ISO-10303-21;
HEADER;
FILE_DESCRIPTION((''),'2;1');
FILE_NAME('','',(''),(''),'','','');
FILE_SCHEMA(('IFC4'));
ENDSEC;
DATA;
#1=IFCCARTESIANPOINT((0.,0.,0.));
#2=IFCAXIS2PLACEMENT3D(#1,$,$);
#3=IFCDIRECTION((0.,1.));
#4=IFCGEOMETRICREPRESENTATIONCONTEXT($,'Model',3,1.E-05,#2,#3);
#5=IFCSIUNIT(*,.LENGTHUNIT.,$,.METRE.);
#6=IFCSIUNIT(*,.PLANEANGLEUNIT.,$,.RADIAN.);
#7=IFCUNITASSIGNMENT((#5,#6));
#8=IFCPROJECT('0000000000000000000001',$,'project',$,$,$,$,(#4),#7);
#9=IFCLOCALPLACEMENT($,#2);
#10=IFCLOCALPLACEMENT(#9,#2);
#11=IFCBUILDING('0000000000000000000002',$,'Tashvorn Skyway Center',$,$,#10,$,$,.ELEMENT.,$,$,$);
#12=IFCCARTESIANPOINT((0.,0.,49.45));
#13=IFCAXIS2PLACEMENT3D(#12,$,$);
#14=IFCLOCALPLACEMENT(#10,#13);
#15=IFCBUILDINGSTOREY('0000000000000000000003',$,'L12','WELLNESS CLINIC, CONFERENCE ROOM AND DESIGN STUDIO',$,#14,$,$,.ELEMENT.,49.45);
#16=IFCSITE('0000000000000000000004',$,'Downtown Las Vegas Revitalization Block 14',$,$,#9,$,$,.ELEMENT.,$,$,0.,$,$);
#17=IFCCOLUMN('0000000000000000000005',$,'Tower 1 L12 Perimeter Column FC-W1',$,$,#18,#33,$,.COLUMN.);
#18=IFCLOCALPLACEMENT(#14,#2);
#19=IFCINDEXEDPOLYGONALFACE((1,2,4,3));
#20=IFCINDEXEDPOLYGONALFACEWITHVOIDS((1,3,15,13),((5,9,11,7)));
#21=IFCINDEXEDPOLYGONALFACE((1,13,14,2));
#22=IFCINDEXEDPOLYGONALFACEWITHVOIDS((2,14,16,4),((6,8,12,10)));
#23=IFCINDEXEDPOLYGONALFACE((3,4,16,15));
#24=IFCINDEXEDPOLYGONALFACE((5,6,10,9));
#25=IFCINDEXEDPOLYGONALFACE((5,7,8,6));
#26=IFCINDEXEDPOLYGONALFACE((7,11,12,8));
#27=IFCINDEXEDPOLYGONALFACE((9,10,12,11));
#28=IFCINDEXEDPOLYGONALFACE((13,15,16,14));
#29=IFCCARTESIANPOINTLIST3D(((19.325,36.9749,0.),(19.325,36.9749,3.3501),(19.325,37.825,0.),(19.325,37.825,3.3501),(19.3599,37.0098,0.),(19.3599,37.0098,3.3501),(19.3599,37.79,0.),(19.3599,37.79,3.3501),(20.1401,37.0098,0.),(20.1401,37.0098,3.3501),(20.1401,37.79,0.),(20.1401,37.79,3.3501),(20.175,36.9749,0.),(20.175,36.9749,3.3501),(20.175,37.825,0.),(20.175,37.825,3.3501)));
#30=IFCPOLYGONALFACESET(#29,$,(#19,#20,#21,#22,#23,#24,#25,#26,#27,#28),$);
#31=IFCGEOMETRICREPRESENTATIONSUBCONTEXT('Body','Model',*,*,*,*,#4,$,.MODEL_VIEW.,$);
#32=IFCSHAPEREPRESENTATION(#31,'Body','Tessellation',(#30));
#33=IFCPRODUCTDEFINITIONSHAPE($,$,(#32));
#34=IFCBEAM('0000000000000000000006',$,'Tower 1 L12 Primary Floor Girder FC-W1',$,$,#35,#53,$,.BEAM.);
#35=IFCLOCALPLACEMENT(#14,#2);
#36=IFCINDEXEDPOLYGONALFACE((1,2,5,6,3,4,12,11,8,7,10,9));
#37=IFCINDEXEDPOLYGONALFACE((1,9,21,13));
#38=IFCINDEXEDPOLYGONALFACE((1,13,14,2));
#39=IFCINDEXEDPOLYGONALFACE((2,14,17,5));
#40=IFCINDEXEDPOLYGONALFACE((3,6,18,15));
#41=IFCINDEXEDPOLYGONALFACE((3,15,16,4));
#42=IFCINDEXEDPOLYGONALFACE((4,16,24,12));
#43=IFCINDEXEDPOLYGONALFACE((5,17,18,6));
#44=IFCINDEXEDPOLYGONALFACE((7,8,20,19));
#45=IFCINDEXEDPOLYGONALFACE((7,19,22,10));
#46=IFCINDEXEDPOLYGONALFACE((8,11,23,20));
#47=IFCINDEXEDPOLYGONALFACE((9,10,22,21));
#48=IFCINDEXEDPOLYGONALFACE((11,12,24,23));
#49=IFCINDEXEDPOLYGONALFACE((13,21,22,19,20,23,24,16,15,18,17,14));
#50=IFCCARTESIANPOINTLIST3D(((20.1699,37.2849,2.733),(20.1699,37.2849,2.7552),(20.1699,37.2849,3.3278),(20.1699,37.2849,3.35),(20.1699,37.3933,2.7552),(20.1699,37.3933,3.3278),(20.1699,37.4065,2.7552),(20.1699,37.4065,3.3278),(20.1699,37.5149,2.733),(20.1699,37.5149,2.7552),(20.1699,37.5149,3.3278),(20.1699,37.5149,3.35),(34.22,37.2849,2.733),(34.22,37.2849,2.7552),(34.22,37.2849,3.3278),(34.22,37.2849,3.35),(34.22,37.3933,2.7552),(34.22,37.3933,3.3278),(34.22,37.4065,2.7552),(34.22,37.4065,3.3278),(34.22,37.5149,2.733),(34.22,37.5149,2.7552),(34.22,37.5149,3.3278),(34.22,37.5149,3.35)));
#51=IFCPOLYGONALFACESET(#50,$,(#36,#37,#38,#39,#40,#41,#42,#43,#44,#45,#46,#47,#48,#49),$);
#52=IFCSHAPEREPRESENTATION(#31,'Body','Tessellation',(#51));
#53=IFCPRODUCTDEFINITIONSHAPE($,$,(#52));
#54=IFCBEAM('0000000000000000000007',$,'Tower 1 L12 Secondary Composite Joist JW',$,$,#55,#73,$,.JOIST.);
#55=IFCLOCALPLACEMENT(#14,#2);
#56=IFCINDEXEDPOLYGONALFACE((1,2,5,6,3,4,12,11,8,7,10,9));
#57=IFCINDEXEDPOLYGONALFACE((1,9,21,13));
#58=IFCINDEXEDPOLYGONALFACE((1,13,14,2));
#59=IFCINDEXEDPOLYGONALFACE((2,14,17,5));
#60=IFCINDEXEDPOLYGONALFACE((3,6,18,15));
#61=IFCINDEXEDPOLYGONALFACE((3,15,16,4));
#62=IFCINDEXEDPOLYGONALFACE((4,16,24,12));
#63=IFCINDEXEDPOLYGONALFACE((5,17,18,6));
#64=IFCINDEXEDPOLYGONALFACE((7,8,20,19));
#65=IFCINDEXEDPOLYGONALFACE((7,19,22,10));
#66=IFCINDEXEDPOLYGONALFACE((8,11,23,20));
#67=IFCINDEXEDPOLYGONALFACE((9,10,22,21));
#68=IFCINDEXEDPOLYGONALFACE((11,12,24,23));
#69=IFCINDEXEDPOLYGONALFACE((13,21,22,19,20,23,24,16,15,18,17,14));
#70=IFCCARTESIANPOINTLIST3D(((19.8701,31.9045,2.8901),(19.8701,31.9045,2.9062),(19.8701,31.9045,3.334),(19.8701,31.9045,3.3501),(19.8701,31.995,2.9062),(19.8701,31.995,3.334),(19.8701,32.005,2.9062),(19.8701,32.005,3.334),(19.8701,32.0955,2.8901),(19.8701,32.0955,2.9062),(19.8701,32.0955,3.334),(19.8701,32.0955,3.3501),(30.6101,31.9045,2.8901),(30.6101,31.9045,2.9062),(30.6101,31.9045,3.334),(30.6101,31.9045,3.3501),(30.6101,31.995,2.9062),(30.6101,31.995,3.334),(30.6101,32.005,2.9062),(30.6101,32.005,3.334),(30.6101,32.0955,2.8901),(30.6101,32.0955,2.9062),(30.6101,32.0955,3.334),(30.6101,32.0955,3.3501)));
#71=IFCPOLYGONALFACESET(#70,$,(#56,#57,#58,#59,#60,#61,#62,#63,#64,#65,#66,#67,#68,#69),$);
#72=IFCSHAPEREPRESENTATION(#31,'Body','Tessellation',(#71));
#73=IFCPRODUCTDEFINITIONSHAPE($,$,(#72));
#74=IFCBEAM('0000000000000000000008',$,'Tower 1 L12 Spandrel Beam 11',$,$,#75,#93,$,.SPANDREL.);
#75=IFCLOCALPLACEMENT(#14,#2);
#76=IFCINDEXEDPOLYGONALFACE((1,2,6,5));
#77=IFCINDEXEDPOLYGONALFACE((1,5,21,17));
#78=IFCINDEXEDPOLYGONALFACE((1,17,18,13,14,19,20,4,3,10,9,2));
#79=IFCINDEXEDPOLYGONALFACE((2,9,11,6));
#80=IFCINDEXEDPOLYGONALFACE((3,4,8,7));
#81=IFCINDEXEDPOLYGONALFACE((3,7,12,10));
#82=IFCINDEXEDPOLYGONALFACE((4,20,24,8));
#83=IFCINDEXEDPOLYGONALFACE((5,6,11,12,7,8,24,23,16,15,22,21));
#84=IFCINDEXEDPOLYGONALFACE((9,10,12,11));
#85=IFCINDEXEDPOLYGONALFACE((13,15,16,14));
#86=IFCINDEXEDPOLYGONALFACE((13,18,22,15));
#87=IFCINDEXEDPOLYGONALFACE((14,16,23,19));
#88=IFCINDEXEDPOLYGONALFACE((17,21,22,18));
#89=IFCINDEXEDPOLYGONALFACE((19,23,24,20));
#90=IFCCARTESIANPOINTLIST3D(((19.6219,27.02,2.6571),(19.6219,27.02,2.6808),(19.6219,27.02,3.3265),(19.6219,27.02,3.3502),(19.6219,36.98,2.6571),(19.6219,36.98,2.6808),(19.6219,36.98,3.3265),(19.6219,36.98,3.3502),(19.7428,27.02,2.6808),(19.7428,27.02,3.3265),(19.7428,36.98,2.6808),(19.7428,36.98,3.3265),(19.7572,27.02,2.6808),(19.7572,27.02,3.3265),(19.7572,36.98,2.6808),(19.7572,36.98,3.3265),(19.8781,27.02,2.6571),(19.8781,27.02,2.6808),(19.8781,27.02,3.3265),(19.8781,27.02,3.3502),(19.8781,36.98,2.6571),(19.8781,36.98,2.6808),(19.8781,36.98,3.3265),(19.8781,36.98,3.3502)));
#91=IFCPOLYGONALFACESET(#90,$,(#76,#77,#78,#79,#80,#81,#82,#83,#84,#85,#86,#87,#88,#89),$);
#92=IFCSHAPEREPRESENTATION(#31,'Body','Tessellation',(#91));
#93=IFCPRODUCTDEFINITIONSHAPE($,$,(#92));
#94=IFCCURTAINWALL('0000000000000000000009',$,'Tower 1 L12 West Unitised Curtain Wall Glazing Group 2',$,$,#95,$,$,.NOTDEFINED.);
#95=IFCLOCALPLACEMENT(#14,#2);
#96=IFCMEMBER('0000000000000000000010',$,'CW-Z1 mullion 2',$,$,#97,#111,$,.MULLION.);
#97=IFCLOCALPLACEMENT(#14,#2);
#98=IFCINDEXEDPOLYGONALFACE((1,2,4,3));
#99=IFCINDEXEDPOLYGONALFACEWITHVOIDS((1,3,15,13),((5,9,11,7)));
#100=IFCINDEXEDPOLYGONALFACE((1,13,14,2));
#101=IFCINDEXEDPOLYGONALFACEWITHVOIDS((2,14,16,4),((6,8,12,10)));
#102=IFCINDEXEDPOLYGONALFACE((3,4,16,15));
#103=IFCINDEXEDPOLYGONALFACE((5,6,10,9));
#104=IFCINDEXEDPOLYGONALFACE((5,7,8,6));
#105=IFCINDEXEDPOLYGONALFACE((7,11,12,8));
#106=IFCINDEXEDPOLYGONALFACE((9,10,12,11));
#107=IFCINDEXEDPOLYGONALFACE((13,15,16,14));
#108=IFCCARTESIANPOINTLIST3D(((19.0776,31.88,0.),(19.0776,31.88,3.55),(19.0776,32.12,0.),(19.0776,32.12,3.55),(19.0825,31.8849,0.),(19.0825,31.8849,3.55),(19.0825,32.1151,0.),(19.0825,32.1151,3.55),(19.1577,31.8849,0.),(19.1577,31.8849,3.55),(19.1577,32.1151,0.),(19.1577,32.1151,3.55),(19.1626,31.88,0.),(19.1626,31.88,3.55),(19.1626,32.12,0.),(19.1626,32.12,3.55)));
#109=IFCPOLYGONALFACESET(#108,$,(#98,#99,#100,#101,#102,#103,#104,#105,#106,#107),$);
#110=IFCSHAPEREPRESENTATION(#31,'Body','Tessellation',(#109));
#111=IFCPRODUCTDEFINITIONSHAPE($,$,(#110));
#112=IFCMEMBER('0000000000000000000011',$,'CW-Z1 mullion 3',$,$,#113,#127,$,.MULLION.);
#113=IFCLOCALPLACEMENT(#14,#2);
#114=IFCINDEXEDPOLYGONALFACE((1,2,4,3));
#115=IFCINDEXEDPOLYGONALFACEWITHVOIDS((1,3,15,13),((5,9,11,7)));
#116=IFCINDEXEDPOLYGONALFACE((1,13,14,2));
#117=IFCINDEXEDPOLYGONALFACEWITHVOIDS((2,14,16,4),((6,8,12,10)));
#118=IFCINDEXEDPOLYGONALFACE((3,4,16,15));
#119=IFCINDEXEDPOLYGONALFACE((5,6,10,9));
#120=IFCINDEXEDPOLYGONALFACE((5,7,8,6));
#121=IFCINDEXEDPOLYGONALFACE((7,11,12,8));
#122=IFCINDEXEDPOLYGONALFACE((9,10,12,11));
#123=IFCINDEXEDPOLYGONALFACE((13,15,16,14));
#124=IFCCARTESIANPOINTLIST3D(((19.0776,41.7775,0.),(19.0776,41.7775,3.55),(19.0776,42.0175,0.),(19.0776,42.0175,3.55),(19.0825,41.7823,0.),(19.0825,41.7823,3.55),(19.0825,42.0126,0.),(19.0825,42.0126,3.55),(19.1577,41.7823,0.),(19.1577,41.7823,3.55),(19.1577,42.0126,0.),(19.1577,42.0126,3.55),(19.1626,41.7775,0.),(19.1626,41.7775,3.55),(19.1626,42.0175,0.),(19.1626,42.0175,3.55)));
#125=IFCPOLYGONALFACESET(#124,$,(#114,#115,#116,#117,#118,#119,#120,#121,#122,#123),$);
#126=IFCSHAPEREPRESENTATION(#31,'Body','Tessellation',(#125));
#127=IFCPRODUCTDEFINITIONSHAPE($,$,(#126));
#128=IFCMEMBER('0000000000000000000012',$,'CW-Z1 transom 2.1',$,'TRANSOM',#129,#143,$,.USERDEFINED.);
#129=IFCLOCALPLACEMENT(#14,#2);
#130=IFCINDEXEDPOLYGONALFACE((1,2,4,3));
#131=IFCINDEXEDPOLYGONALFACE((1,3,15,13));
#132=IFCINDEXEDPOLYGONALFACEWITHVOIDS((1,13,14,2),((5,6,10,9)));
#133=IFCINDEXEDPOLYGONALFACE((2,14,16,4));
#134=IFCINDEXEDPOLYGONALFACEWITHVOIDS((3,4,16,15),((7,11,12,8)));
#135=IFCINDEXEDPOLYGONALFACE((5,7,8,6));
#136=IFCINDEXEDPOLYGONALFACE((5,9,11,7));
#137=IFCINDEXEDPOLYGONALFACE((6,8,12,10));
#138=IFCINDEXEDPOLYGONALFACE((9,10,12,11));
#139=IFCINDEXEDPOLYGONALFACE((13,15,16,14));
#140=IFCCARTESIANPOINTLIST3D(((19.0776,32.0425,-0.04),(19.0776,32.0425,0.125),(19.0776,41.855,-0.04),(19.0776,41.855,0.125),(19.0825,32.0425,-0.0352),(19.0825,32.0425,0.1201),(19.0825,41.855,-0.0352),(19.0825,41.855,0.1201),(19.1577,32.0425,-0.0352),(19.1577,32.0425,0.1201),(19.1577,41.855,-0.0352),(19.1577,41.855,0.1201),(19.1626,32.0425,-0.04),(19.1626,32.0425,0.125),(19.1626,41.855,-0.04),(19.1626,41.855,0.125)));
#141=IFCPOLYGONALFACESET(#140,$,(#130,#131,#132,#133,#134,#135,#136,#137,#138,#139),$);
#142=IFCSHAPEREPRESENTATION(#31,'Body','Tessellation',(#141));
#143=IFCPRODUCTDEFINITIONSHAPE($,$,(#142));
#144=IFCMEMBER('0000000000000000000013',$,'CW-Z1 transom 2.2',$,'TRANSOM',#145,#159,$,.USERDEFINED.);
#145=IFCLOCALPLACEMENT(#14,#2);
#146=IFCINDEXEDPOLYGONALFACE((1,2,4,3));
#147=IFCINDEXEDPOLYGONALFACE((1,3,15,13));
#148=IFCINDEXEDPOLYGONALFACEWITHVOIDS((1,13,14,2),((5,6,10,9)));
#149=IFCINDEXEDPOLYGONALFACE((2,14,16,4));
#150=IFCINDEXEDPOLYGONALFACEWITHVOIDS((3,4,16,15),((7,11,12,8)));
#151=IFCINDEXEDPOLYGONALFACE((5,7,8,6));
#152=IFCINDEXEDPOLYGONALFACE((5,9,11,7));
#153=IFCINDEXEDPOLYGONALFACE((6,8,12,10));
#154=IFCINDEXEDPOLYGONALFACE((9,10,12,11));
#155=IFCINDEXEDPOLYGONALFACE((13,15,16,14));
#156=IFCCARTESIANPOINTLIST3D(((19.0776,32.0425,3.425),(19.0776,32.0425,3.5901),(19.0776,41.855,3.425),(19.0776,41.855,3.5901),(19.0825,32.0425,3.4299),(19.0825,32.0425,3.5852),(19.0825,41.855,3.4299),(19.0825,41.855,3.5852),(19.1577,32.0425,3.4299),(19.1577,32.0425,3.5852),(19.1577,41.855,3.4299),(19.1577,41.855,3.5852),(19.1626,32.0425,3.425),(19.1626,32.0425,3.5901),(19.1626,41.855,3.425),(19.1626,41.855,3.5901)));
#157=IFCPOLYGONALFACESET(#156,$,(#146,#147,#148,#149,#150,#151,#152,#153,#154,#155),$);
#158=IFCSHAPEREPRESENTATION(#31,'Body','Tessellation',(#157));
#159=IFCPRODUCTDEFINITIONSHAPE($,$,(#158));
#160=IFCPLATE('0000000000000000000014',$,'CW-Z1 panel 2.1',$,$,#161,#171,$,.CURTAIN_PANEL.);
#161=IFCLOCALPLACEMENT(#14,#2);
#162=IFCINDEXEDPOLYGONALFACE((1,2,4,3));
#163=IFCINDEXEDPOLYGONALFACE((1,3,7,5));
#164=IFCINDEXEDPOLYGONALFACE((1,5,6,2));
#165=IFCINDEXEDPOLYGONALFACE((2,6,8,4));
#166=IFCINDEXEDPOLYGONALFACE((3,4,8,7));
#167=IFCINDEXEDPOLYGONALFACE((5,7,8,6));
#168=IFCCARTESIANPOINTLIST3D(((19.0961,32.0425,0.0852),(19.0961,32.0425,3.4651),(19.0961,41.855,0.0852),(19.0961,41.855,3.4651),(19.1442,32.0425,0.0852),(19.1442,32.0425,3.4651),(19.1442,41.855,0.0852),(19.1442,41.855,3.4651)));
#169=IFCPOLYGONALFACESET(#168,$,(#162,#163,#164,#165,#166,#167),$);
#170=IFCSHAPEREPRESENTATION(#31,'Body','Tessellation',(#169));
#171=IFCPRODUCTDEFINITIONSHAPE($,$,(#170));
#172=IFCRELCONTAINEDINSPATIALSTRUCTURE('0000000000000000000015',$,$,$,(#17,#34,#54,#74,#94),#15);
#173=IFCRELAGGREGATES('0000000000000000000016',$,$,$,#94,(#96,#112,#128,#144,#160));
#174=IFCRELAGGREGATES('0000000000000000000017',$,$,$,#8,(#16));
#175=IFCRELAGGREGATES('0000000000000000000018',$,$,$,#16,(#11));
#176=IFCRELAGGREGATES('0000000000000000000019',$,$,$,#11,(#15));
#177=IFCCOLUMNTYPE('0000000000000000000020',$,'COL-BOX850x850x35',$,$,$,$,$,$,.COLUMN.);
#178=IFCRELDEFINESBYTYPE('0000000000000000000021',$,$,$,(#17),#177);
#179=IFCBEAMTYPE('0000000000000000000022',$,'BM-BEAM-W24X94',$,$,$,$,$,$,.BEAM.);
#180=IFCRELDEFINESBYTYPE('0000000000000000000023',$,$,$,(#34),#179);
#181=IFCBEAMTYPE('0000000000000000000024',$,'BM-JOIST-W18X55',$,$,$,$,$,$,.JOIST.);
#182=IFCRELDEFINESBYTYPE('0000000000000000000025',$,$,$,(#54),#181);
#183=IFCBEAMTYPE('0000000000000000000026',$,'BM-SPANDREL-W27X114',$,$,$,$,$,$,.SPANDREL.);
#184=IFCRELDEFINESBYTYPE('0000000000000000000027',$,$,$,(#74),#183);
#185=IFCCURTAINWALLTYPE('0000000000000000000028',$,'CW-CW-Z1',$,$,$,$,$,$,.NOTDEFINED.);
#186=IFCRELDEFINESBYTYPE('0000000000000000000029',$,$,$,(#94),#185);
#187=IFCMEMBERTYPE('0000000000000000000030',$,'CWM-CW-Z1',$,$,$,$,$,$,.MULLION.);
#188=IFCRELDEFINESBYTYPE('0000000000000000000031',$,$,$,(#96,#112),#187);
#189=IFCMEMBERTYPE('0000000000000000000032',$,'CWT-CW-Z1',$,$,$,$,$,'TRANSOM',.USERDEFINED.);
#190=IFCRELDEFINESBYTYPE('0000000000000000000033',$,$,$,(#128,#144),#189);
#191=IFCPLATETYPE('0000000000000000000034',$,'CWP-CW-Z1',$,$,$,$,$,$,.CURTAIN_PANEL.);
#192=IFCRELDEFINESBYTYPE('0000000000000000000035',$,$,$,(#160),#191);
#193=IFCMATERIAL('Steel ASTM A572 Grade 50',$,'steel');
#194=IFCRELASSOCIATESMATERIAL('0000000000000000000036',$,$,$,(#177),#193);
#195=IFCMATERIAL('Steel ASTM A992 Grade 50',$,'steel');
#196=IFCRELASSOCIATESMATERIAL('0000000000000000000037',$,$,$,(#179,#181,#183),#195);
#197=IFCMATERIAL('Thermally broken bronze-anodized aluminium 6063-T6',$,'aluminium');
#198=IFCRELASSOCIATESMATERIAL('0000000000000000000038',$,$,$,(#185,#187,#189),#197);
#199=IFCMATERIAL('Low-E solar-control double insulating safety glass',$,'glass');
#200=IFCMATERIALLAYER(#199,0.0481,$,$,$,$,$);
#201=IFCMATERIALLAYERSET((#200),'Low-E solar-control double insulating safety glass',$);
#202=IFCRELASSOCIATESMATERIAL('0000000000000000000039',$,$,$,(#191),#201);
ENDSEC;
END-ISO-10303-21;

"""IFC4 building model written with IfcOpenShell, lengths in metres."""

from ifc_helpers import new_model, si_unit, direction, frame, origin, origin_2d, place, context, subcontext, project, spatial, rectangle, hollow_rectangle, i_section, extrude, material, layer, layer_set, material_profile, profile_set, type_object, element, aggregate, save


model = new_model("IFC4")

# Units and contexts
model_context = context("Model", 3, precision=1e-05, world=origin(), true_north=direction((0.0, 1.0)))
body_context = subcontext(model_context, "Body", "Model", "MODEL_VIEW")
ifc_project = project(units=[si_unit("LENGTHUNIT", "METRE"), si_unit("PLANEANGLEUNIT", "RADIAN")], contexts=[model_context])

# Site, building, storey
site_placement = place(None, origin())
site = spatial("IfcSite", under=ifc_project, at=site_placement, Name="Downtown Las Vegas Revitalization Block 14", CompositionType="ELEMENT", RefElevation=0.0)
building_placement = place(site_placement, origin())
building = spatial("IfcBuilding", under=site, at=building_placement, Name="Tashvorn Skyway Center", CompositionType="ELEMENT")
storey_placement = place(building_placement, frame((0.0, 0.0, 49.45)))
storey = spatial("IfcBuildingStorey", under=building, at=storey_placement, Name="L12", Description="WELLNESS CLINIC, CONFERENCE ROOM AND DESIGN STUDIO", CompositionType="ELEMENT", Elevation=49.45)

# Column
ifc_material_1 = material(Name="Steel ASTM A572 Grade 50", Category="steel")
ifc_material_profile_1 = material_profile(ifc_material_1, hollow_rectangle(XDim=0.8501, YDim=0.8501, WallThickness=0.0349, at=origin_2d()), Name="BOX850x850x35")
ifc_profile_set_1 = profile_set([ifc_material_profile_1], Name="Steel ASTM A572 Grade 50")
column_type = type_object("IfcColumnType", Name="COL-BOX850x850x35", PredefinedType="COLUMN", material=ifc_profile_set_1)
column_placement = place(storey_placement, frame((19.75, 37.3999, 0.0), z_axis=(0.0, 0.0, 1.0), x_axis=(1.0, 0.0, 0.0)))
element("IfcColumn", 1, at=column_placement, inside=storey, type_object=column_type, Name="Tower 1 L12 Perimeter Column FC-W1", PredefinedType="COLUMN", context=body_context, shape_type="SweptSolid", body=[
    extrude(hollow_rectangle(XDim=0.8501, YDim=0.8501, WallThickness=0.0349, at=origin_2d()), origin(), (0.0, 0.0, 1.0), 3.3501),
])

# Beams
ifc_material_2 = material(Name="Steel ASTM A992 Grade 50", Category="steel")
ifc_material_profile_2 = material_profile(ifc_material_2, i_section(OverallWidth=0.23, OverallDepth=0.6169, WebThickness=0.0132, FlangeThickness=0.0222, at=origin_2d()), Name="W24X94")
ifc_profile_set_2 = profile_set([ifc_material_profile_2], Name="Steel ASTM A992 Grade 50")
beam_type_1 = type_object("IfcBeamType", Name="BM-BEAM-W24X94", PredefinedType="BEAM", material=ifc_profile_set_2)
beam_1_placement = place(storey_placement, frame((20.1699, 37.3999, 3.0415), z_axis=(1.0, 0.0, 0.0), x_axis=(0.0, 1.0, 0.0)))
element("IfcBeam", 2, at=beam_1_placement, inside=storey, type_object=beam_type_1, Name="Tower 1 L12 Primary Floor Girder FC-W1", PredefinedType="BEAM", context=body_context, shape_type="SweptSolid", body=[
    extrude(i_section(OverallWidth=0.23, OverallDepth=0.6169, WebThickness=0.0132, FlangeThickness=0.0222, at=origin_2d()), origin(), (0.0, 0.0, 1.0), 14.05),
])
ifc_material_profile_3 = material_profile(ifc_material_2, i_section(OverallWidth=0.1909, OverallDepth=0.46, WebThickness=0.01, FlangeThickness=0.0161, at=origin_2d()), Name="W18X55")
ifc_profile_set_3 = profile_set([ifc_material_profile_3], Name="Steel ASTM A992 Grade 50")
beam_type_2 = type_object("IfcBeamType", Name="BM-JOIST-W18X55", PredefinedType="JOIST", material=ifc_profile_set_3)
beam_2_placement = place(storey_placement, frame((30.6101, 32.0, 3.1201), z_axis=(-1.0, 0.0, 0.0), x_axis=(0.0, -1.0, 0.0)))
element("IfcBeam", 3, at=beam_2_placement, inside=storey, type_object=beam_type_2, Name="Tower 1 L12 Secondary Composite Joist JW", PredefinedType="JOIST", context=body_context, shape_type="SweptSolid", body=[
    extrude(i_section(OverallWidth=0.1909, OverallDepth=0.46, WebThickness=0.01, FlangeThickness=0.0161, at=origin_2d()), origin(), (0.0, 0.0, 1.0), 10.74),
])
ifc_material_profile_4 = material_profile(ifc_material_2, i_section(OverallWidth=0.2561, OverallDepth=0.6931, WebThickness=0.0144, FlangeThickness=0.0237, at=origin_2d()), Name="W27X114")
ifc_profile_set_4 = profile_set([ifc_material_profile_4], Name="Steel ASTM A992 Grade 50")
beam_type_3 = type_object("IfcBeamType", Name="BM-SPANDREL-W27X114", PredefinedType="SPANDREL", material=ifc_profile_set_4)
beam_3_placement = place(storey_placement, frame((19.75, 36.98, 3.0037), z_axis=(0.0, -1.0, 0.0), x_axis=(1.0, 0.0, 0.0)))
element("IfcBeam", 4, at=beam_3_placement, inside=storey, type_object=beam_type_3, Name="Tower 1 L12 Spandrel Beam 11", PredefinedType="SPANDREL", context=body_context, shape_type="SweptSolid", body=[
    extrude(i_section(OverallWidth=0.2561, OverallDepth=0.6931, WebThickness=0.0144, FlangeThickness=0.0237, at=origin_2d()), origin(), (0.0, 0.0, 1.0), 9.96),
])

# Curtain wall, members, plate
ifc_material_3 = material(Name="Thermally broken bronze-anodized aluminium 6063-T6", Category="aluminium")
curtain_wall_type = type_object("IfcCurtainWallType", Name="CW-CW-Z1", PredefinedType="NOTDEFINED", material=ifc_material_3)
curtain_wall_placement = place(storey_placement, origin())
curtain_wall = element("IfcCurtainWall", 5, at=curtain_wall_placement, inside=storey, type_object=curtain_wall_type, Name="Tower 1 L12 West Unitised Curtain Wall Glazing Group 2", PredefinedType="NOTDEFINED")
ifc_material_profile_5 = material_profile(ifc_material_3, hollow_rectangle(XDim=0.085, YDim=0.24, WallThickness=0.0049, at=origin_2d()), Name="ALU-MULL-85x240")
ifc_profile_set_5 = profile_set([ifc_material_profile_5], Name="Thermally broken bronze-anodized aluminium 6063-T6")
member_type_1 = type_object("IfcMemberType", Name="CWM-CW-Z1", PredefinedType="MULLION", material=ifc_profile_set_5)
member_1_placement = place(storey_placement, frame((19.1201, 32.0, 0.0), z_axis=(0.0, 0.0, 1.0), x_axis=(-1.0, 0.0, 0.0)))
member_1 = element("IfcMember", 6, at=member_1_placement, type_object=member_type_1, Name="CW-Z1 mullion 2", PredefinedType="MULLION", context=body_context, shape_type="SweptSolid", body=[
    extrude(hollow_rectangle(XDim=0.085, YDim=0.24, WallThickness=0.0049, at=origin_2d()), origin(), (0.0, 0.0, 1.0), 3.55),
])
member_2_placement = place(storey_placement, frame((19.1201, 41.8975, 0.0), z_axis=(0.0, 0.0, 1.0), x_axis=(-1.0, 0.0, 0.0)))
member_2 = element("IfcMember", 7, at=member_2_placement, type_object=member_type_1, Name="CW-Z1 mullion 3", PredefinedType="MULLION", context=body_context, shape_type="SweptSolid", body=[
    extrude(hollow_rectangle(XDim=0.085, YDim=0.24, WallThickness=0.0049, at=origin_2d()), origin(), (0.0, 0.0, 1.0), 3.55),
])
ifc_material_profile_6 = material_profile(ifc_material_3, hollow_rectangle(XDim=0.085, YDim=0.165, WallThickness=0.0049, at=origin_2d()), Name="ALU-TRAN-85x165")
ifc_profile_set_6 = profile_set([ifc_material_profile_6], Name="Thermally broken bronze-anodized aluminium 6063-T6")
member_type_2 = type_object("IfcMemberType", Name="CWT-CW-Z1", ElementType="TRANSOM", PredefinedType="USERDEFINED", material=ifc_profile_set_6)
member_3_placement = place(storey_placement, frame((19.1201, 32.0425, 0.0425), z_axis=(0.0, 1.0, 0.0), x_axis=(-1.0, 0.0, 0.0)))
member_3 = element("IfcMember", 8, at=member_3_placement, type_object=member_type_2, Name="CW-Z1 transom 2.1", ObjectType="TRANSOM", PredefinedType="USERDEFINED", context=body_context, shape_type="SweptSolid", body=[
    extrude(hollow_rectangle(XDim=0.085, YDim=0.165, WallThickness=0.0049, at=origin_2d()), origin(), (0.0, 0.0, 1.0), 9.8125),
])
member_4_placement = place(storey_placement, frame((19.1201, 32.0425, 3.5076), z_axis=(0.0, 1.0, 0.0), x_axis=(-1.0, 0.0, 0.0)))
member_4 = element("IfcMember", 9, at=member_4_placement, type_object=member_type_2, Name="CW-Z1 transom 2.2", ObjectType="TRANSOM", PredefinedType="USERDEFINED", context=body_context, shape_type="SweptSolid", body=[
    extrude(hollow_rectangle(XDim=0.085, YDim=0.165, WallThickness=0.0049, at=origin_2d()), origin(), (0.0, 0.0, 1.0), 9.8125),
])
ifc_material_4 = material(Name="Low-E solar-control double insulating safety glass", Category="glass")
ifc_layer_1 = layer(ifc_material_4, 0.0481)
ifc_layer_set_1 = layer_set([ifc_layer_1], Name="Low-E solar-control double insulating safety glass")
plate_type = type_object("IfcPlateType", Name="CWP-CW-Z1", PredefinedType="CURTAIN_PANEL", material=ifc_layer_set_1)
plate_placement = place(storey_placement, frame((19.1201, 36.9487, 0.0852), z_axis=(0.0, 0.0, 1.0), x_axis=(0.0, 1.0, 0.0)))
plate = element("IfcPlate", 10, at=plate_placement, type_object=plate_type, Name="CW-Z1 panel 2.1", PredefinedType="CURTAIN_PANEL", context=body_context, shape_type="SweptSolid", body=[
    extrude(rectangle(XDim=9.8125, YDim=0.0481, at=origin_2d()), origin(), (0.0, 0.0, 1.0), 3.3799),
])
aggregate(curtain_wall, [member_1, member_2, member_3, member_4, plate])

save(model, "model.ifc")
